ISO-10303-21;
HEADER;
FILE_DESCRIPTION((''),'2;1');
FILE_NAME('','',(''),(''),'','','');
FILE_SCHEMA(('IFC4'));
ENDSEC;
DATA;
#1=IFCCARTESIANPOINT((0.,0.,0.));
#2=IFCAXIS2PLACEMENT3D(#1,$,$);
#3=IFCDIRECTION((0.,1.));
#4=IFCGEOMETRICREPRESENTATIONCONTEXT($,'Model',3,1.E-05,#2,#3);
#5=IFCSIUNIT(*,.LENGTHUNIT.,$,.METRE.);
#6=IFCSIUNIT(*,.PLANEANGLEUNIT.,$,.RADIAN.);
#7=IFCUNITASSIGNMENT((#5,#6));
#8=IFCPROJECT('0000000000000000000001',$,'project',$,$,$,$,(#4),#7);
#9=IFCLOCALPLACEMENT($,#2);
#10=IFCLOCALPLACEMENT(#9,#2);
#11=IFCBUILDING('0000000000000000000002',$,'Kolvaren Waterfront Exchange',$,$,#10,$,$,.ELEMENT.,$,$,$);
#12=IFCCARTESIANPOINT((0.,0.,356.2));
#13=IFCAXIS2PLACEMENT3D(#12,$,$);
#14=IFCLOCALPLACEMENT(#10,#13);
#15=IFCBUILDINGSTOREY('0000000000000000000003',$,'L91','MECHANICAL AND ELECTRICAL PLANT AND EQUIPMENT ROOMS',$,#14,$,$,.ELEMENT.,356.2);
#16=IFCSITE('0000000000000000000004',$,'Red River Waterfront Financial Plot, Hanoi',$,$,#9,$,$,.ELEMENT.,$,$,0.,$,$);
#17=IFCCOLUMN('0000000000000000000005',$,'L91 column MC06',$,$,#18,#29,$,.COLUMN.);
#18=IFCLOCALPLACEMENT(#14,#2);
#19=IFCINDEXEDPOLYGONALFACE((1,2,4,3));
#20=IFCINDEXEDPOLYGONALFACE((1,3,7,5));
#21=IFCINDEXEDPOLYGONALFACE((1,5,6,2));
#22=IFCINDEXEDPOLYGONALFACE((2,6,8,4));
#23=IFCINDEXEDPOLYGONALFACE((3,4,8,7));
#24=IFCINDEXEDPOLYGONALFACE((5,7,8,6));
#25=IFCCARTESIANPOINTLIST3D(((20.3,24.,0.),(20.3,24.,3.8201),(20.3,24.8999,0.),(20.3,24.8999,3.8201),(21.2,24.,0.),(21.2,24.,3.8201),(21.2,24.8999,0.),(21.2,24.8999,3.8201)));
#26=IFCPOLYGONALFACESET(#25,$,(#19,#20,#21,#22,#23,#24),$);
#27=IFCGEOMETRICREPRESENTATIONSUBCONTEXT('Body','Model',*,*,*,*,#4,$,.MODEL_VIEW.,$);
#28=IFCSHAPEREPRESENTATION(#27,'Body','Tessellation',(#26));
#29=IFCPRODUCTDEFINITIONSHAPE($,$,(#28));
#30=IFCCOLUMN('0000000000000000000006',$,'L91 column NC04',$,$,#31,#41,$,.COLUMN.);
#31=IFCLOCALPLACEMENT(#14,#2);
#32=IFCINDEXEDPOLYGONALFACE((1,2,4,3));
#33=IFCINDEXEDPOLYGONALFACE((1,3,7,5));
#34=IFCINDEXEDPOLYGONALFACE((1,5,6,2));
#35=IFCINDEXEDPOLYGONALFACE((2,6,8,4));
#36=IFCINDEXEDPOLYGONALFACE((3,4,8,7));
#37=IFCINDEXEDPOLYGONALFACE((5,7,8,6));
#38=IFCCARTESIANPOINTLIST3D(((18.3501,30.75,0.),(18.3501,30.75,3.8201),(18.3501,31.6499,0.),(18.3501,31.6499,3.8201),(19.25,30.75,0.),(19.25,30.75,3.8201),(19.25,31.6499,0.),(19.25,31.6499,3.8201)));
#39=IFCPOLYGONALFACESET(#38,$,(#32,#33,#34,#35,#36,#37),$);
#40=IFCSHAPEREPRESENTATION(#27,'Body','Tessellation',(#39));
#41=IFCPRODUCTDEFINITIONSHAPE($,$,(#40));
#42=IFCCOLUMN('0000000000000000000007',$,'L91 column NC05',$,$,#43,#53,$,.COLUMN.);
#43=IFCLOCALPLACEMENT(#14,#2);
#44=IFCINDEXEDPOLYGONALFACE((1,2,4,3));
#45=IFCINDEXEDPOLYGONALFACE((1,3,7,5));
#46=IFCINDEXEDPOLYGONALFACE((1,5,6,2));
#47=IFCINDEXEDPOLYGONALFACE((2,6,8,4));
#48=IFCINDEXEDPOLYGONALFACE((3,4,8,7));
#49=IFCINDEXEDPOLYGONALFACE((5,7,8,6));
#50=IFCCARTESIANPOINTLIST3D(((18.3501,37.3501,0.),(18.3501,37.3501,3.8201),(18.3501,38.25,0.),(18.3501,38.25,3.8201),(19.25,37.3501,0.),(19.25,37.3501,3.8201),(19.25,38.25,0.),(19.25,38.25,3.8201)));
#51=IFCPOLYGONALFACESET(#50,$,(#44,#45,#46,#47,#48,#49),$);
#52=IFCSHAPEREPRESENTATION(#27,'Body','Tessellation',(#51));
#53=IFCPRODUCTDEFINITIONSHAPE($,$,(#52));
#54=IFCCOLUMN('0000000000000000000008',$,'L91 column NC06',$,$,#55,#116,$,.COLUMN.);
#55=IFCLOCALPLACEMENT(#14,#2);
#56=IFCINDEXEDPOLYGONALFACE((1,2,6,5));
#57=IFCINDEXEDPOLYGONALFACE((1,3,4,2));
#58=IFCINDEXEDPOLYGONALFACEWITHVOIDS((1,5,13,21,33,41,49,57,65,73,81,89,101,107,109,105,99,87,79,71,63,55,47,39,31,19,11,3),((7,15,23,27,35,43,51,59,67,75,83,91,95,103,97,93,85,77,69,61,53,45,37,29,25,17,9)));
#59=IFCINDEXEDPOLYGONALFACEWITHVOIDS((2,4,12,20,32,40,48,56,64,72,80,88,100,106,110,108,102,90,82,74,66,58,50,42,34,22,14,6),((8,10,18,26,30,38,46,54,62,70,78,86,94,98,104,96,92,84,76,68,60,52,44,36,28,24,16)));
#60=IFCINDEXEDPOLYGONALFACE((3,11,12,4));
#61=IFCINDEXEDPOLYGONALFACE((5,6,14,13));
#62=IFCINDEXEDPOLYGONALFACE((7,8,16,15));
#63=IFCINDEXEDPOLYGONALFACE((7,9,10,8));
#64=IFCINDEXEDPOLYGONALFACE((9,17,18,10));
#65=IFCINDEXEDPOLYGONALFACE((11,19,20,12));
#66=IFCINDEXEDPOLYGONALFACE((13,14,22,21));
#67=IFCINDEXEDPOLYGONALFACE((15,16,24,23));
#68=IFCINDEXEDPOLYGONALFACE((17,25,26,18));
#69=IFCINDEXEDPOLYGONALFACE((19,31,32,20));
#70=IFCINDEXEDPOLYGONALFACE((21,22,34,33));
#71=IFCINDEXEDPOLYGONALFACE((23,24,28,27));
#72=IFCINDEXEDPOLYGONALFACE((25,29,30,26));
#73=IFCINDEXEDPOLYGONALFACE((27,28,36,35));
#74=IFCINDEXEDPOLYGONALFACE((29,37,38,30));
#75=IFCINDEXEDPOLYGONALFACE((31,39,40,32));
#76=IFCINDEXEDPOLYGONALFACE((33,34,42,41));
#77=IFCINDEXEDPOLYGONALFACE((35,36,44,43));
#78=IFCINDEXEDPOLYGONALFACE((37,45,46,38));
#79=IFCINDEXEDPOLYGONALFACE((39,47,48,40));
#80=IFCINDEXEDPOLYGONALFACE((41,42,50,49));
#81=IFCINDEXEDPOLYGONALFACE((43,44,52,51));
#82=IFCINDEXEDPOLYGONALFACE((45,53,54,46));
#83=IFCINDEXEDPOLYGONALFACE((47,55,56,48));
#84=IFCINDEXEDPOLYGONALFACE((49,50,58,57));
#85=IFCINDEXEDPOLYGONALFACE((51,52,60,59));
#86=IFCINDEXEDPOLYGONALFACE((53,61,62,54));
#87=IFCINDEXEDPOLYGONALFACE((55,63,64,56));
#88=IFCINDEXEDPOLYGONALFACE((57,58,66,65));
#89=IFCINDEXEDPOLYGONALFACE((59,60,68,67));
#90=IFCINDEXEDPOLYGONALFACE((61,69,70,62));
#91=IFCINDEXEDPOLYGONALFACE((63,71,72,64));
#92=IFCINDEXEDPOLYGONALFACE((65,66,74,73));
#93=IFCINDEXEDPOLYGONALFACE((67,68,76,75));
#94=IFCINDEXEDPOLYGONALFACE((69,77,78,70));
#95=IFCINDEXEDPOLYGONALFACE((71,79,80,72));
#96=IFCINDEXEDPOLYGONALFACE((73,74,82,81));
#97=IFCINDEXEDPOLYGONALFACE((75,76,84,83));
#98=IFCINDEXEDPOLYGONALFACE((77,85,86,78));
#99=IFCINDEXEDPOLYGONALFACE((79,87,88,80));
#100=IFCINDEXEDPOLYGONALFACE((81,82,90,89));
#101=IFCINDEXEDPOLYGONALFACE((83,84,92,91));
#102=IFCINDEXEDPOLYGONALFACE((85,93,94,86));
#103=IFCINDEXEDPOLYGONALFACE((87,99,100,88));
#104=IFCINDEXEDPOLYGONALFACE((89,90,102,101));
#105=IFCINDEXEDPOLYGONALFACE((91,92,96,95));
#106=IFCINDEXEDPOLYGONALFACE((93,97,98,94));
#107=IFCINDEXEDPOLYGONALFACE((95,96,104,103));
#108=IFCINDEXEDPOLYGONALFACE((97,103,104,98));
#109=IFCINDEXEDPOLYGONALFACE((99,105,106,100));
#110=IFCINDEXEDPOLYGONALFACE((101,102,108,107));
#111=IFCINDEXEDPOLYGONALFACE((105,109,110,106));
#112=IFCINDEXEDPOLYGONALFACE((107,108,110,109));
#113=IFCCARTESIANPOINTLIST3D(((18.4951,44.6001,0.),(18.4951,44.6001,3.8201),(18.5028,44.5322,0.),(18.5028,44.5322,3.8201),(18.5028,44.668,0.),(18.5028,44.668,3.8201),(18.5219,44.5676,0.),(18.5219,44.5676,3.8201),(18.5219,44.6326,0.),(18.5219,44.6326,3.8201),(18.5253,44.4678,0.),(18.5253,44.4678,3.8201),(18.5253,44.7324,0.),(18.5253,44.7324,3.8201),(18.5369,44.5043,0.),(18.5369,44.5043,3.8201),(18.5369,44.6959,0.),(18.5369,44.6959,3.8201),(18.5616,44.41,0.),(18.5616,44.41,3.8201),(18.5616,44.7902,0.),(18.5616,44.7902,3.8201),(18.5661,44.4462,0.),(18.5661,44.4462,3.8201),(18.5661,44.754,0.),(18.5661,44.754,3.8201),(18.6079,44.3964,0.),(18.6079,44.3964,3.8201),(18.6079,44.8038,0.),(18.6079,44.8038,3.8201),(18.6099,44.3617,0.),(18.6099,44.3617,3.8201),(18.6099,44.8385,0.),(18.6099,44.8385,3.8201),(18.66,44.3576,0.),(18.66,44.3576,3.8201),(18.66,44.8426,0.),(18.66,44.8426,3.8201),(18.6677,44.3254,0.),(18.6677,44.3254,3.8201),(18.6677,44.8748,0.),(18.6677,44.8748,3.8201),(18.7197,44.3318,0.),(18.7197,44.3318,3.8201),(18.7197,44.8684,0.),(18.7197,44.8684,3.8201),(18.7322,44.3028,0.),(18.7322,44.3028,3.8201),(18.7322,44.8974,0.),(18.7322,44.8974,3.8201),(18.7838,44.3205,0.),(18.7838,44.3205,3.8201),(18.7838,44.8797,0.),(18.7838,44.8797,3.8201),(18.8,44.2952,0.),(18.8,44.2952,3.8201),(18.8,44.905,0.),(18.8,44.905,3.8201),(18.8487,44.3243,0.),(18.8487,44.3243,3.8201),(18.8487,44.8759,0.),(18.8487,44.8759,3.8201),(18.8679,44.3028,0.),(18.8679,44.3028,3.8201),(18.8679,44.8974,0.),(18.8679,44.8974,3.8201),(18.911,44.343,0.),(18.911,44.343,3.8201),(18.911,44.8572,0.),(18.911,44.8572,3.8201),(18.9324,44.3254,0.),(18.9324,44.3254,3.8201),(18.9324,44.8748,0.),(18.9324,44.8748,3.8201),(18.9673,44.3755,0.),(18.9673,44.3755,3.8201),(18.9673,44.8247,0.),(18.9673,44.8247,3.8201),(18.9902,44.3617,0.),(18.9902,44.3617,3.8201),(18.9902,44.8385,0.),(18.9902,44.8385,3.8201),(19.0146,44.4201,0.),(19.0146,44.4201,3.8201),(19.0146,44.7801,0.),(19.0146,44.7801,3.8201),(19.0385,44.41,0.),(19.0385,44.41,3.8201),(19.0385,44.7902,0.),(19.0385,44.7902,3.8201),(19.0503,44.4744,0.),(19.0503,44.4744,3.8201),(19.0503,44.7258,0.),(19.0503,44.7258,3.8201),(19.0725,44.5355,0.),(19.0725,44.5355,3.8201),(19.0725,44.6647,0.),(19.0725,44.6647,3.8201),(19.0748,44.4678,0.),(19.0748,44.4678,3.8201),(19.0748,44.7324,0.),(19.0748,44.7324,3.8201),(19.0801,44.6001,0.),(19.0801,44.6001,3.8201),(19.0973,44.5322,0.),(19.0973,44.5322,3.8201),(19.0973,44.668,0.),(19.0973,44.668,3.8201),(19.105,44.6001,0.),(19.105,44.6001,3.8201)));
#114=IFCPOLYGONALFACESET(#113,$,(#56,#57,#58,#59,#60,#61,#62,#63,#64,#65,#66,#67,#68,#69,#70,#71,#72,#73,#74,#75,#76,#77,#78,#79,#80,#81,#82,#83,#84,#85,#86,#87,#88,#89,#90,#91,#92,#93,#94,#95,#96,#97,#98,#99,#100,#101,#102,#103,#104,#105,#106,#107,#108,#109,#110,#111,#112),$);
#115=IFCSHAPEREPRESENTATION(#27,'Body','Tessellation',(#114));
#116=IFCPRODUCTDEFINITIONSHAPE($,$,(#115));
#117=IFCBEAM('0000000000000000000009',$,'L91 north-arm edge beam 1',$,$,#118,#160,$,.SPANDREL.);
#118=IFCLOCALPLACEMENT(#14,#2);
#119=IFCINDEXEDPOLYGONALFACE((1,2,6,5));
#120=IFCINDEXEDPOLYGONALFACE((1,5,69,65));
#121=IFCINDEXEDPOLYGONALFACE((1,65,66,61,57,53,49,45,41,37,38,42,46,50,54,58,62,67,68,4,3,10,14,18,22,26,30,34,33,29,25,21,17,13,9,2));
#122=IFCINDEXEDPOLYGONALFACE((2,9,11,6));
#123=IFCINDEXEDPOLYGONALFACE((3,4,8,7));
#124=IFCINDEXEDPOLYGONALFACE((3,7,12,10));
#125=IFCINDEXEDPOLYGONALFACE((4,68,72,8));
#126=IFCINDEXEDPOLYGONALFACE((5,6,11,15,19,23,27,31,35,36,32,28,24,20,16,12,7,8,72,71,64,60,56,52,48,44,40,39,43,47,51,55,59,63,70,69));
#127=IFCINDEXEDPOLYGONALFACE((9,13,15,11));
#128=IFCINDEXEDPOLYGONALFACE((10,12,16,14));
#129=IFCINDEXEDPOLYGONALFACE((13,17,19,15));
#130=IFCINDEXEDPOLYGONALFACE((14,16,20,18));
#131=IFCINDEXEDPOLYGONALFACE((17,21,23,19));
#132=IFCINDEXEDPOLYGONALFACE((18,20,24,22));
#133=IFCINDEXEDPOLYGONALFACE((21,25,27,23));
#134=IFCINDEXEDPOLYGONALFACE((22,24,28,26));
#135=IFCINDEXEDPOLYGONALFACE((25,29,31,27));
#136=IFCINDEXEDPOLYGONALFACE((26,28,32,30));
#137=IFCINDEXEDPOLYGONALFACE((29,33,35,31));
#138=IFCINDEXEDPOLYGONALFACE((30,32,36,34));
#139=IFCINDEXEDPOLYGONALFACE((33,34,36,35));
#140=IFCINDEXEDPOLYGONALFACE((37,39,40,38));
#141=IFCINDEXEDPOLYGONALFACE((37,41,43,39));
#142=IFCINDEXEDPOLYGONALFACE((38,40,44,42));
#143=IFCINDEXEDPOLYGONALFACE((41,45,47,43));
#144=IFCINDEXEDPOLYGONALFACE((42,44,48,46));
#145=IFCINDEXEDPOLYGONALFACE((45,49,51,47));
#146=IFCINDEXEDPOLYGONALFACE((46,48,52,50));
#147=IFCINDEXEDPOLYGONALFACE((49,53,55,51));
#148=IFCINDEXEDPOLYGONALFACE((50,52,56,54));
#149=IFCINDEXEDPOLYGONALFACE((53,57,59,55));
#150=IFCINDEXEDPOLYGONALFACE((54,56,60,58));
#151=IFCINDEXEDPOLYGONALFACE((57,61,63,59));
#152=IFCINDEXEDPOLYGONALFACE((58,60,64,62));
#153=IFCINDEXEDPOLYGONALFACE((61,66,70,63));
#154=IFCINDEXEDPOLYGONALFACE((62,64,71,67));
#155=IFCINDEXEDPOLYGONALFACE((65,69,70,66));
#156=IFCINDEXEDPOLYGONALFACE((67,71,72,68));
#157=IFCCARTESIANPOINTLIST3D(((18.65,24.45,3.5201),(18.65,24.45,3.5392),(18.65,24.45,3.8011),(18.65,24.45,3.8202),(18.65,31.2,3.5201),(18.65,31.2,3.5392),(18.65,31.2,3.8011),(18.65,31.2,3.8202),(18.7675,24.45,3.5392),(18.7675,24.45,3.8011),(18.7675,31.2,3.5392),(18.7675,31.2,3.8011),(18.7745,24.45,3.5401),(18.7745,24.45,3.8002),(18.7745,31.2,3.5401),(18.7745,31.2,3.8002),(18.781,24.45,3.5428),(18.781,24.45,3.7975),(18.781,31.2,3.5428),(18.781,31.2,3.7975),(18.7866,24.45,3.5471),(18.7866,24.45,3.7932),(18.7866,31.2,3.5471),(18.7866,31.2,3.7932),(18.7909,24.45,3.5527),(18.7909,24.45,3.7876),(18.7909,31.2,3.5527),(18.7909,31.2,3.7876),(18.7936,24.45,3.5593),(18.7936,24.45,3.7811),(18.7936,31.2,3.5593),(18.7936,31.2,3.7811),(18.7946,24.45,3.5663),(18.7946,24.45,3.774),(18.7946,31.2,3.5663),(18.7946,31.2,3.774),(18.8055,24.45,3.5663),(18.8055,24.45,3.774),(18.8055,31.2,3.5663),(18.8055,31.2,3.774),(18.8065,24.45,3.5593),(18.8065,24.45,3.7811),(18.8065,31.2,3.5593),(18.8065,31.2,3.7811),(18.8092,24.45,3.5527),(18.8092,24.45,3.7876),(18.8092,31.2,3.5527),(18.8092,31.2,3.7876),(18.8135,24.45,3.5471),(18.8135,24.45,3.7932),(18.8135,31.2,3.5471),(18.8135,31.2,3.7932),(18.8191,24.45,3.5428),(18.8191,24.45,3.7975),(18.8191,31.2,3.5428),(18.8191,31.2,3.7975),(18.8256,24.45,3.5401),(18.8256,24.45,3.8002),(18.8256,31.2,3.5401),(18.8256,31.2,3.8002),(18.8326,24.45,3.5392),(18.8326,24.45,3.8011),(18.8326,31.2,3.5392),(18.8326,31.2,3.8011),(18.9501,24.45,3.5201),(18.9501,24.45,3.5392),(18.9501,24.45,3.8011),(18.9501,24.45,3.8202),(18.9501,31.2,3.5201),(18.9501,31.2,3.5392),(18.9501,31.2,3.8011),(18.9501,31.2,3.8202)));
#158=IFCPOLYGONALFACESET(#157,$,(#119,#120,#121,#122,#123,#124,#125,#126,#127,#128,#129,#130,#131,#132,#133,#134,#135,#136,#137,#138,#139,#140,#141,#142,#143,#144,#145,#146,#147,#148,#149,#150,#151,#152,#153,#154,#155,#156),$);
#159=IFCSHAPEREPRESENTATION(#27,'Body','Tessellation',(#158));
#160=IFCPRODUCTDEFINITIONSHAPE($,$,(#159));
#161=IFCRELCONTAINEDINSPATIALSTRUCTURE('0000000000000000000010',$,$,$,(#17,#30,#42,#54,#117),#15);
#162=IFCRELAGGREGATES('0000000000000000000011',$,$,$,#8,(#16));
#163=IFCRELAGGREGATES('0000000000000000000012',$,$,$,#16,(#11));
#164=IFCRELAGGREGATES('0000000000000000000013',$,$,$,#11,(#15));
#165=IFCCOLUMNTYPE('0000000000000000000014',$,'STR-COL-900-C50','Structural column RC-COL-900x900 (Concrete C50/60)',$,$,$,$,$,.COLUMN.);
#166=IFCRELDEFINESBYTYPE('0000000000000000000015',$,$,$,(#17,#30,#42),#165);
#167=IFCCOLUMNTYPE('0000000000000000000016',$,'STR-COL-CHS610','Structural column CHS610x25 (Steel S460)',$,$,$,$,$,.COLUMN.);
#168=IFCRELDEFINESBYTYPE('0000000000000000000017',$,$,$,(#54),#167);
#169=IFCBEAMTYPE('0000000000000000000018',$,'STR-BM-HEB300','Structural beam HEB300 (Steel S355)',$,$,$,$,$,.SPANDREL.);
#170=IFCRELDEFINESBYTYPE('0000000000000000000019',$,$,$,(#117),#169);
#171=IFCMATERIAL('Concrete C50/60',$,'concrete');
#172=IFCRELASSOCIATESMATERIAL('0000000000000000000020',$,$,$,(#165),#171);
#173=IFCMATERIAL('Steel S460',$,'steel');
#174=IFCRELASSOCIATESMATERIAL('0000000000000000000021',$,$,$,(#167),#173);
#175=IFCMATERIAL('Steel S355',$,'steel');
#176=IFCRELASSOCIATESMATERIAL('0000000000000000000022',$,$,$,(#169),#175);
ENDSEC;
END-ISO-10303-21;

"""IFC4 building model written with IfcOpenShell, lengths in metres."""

from ifc_helpers import new_model, si_unit, direction, frame, origin, origin_2d, place, context, subcontext, project, spatial, rectangle, hollow_circle, i_section, extrude, material, material_profile, profile_set, type_object, element, save


model = new_model("IFC4")

# Units and contexts
model_context = context("Model", 3, precision=1e-05, world=origin(), true_north=direction((0.0, 1.0)))
body_context = subcontext(model_context, "Body", "Model", "MODEL_VIEW")
ifc_project = project(units=[si_unit("LENGTHUNIT", "METRE"), si_unit("PLANEANGLEUNIT", "RADIAN")], contexts=[model_context])

# Site, building, storey
site_placement = place(None, origin())
site = spatial("IfcSite", under=ifc_project, at=site_placement, Name="Red River Waterfront Financial Plot, Hanoi", CompositionType="ELEMENT", RefElevation=0.0)
building_placement = place(site_placement, origin())
building = spatial("IfcBuilding", under=site, at=building_placement, Name="Kolvaren Waterfront Exchange", CompositionType="ELEMENT")
storey_placement = place(building_placement, frame((0.0, 0.0, 356.2)))
storey = spatial("IfcBuildingStorey", under=building, at=storey_placement, Name="L91", Description="MECHANICAL AND ELECTRICAL PLANT AND EQUIPMENT ROOMS", CompositionType="ELEMENT", Elevation=356.2)

# Columns
ifc_material_1 = material(Name="Concrete C50/60", Category="concrete")
ifc_material_profile_1 = material_profile(ifc_material_1, rectangle(XDim=0.8999, YDim=0.8999, at=origin_2d()), Name="RC-COL-900x900")
ifc_profile_set_1 = profile_set([ifc_material_profile_1], Name="Concrete C50/60")
column_type_1 = type_object("IfcColumnType", Name="STR-COL-900-C50", Description="Structural column RC-COL-900x900 (Concrete C50/60)", PredefinedType="COLUMN", material=ifc_profile_set_1)
for number, where, z_axis, x_axis, name in (
    (1, (20.75, 24.45, 0.0), (0.0, 0.0, 1.0), (1.0, 0.0, 0.0), "L91 column MC06"),
    (2, (18.8, 31.2, 0.0), (0.0, 0.0, 1.0), (1.0, 0.0, 0.0), "L91 column NC04"),
    (3, (18.8, 37.8, 0.0), (0.0, 0.0, 1.0), (1.0, 0.0, 0.0), "L91 column NC05"),
):
    element("IfcColumn", number, at=place(storey_placement, frame(where, z_axis=z_axis, x_axis=x_axis)), inside=storey, type_object=column_type_1, Name=name, PredefinedType="COLUMN", context=body_context, shape_type="SweptSolid", body=[
        extrude(rectangle(XDim=0.8999, YDim=0.8999, at=origin_2d()), origin(), (0.0, 0.0, 1.0), 3.8201),
    ])
ifc_material_2 = material(Name="Steel S460", Category="steel")
ifc_material_profile_2 = material_profile(ifc_material_2, hollow_circle(Radius=0.3049, WallThickness=0.0249, at=origin_2d()), Name="CHS610x25")
ifc_profile_set_2 = profile_set([ifc_material_profile_2], Name="Steel S460")
column_type_2 = type_object("IfcColumnType", Name="STR-COL-CHS610", Description="Structural column CHS610x25 (Steel S460)", PredefinedType="COLUMN", material=ifc_profile_set_2)
column_placement = place(storey_placement, frame((18.8, 44.6001, 0.0), z_axis=(0.0, 0.0, 1.0), x_axis=(1.0, 0.0, 0.0)))
element("IfcColumn", 4, at=column_placement, inside=storey, type_object=column_type_2, Name="L91 column NC06", PredefinedType="COLUMN", context=body_context, shape_type="SweptSolid", body=[
    extrude(hollow_circle(Radius=0.3049, WallThickness=0.0249, at=origin_2d()), origin(), (0.0, 0.0, 1.0), 3.8201),
])

# Beam
ifc_material_3 = material(Name="Steel S355", Category="steel")
ifc_material_profile_3 = material_profile(ifc_material_3, i_section(OverallWidth=0.3, OverallDepth=0.3, WebThickness=0.011, FlangeThickness=0.019, FilletRadius=0.0271, at=origin_2d()), Name="HEB300")
ifc_profile_set_3 = profile_set([ifc_material_profile_3], Name="Steel S355")
beam_type = type_object("IfcBeamType", Name="STR-BM-HEB300", Description="Structural beam HEB300 (Steel S355)", PredefinedType="SPANDREL", material=ifc_profile_set_3)
beam_1_placement = place(storey_placement, frame((18.8, 24.45, 3.6702), z_axis=(0.0, 1.0, 0.0), x_axis=(-1.0, 0.0, 0.0)))
element("IfcBeam", 5, at=beam_1_placement, inside=storey, type_object=beam_type, Name="L91 north-arm edge beam 1", PredefinedType="SPANDREL", context=body_context, shape_type="SweptSolid", body=[
    extrude(i_section(OverallWidth=0.3, OverallDepth=0.3, WebThickness=0.011, FlangeThickness=0.019, FilletRadius=0.0271, at=origin_2d()), origin(), (0.0, 0.0, 1.0), 6.75),
])

save(model, "model.ifc")
